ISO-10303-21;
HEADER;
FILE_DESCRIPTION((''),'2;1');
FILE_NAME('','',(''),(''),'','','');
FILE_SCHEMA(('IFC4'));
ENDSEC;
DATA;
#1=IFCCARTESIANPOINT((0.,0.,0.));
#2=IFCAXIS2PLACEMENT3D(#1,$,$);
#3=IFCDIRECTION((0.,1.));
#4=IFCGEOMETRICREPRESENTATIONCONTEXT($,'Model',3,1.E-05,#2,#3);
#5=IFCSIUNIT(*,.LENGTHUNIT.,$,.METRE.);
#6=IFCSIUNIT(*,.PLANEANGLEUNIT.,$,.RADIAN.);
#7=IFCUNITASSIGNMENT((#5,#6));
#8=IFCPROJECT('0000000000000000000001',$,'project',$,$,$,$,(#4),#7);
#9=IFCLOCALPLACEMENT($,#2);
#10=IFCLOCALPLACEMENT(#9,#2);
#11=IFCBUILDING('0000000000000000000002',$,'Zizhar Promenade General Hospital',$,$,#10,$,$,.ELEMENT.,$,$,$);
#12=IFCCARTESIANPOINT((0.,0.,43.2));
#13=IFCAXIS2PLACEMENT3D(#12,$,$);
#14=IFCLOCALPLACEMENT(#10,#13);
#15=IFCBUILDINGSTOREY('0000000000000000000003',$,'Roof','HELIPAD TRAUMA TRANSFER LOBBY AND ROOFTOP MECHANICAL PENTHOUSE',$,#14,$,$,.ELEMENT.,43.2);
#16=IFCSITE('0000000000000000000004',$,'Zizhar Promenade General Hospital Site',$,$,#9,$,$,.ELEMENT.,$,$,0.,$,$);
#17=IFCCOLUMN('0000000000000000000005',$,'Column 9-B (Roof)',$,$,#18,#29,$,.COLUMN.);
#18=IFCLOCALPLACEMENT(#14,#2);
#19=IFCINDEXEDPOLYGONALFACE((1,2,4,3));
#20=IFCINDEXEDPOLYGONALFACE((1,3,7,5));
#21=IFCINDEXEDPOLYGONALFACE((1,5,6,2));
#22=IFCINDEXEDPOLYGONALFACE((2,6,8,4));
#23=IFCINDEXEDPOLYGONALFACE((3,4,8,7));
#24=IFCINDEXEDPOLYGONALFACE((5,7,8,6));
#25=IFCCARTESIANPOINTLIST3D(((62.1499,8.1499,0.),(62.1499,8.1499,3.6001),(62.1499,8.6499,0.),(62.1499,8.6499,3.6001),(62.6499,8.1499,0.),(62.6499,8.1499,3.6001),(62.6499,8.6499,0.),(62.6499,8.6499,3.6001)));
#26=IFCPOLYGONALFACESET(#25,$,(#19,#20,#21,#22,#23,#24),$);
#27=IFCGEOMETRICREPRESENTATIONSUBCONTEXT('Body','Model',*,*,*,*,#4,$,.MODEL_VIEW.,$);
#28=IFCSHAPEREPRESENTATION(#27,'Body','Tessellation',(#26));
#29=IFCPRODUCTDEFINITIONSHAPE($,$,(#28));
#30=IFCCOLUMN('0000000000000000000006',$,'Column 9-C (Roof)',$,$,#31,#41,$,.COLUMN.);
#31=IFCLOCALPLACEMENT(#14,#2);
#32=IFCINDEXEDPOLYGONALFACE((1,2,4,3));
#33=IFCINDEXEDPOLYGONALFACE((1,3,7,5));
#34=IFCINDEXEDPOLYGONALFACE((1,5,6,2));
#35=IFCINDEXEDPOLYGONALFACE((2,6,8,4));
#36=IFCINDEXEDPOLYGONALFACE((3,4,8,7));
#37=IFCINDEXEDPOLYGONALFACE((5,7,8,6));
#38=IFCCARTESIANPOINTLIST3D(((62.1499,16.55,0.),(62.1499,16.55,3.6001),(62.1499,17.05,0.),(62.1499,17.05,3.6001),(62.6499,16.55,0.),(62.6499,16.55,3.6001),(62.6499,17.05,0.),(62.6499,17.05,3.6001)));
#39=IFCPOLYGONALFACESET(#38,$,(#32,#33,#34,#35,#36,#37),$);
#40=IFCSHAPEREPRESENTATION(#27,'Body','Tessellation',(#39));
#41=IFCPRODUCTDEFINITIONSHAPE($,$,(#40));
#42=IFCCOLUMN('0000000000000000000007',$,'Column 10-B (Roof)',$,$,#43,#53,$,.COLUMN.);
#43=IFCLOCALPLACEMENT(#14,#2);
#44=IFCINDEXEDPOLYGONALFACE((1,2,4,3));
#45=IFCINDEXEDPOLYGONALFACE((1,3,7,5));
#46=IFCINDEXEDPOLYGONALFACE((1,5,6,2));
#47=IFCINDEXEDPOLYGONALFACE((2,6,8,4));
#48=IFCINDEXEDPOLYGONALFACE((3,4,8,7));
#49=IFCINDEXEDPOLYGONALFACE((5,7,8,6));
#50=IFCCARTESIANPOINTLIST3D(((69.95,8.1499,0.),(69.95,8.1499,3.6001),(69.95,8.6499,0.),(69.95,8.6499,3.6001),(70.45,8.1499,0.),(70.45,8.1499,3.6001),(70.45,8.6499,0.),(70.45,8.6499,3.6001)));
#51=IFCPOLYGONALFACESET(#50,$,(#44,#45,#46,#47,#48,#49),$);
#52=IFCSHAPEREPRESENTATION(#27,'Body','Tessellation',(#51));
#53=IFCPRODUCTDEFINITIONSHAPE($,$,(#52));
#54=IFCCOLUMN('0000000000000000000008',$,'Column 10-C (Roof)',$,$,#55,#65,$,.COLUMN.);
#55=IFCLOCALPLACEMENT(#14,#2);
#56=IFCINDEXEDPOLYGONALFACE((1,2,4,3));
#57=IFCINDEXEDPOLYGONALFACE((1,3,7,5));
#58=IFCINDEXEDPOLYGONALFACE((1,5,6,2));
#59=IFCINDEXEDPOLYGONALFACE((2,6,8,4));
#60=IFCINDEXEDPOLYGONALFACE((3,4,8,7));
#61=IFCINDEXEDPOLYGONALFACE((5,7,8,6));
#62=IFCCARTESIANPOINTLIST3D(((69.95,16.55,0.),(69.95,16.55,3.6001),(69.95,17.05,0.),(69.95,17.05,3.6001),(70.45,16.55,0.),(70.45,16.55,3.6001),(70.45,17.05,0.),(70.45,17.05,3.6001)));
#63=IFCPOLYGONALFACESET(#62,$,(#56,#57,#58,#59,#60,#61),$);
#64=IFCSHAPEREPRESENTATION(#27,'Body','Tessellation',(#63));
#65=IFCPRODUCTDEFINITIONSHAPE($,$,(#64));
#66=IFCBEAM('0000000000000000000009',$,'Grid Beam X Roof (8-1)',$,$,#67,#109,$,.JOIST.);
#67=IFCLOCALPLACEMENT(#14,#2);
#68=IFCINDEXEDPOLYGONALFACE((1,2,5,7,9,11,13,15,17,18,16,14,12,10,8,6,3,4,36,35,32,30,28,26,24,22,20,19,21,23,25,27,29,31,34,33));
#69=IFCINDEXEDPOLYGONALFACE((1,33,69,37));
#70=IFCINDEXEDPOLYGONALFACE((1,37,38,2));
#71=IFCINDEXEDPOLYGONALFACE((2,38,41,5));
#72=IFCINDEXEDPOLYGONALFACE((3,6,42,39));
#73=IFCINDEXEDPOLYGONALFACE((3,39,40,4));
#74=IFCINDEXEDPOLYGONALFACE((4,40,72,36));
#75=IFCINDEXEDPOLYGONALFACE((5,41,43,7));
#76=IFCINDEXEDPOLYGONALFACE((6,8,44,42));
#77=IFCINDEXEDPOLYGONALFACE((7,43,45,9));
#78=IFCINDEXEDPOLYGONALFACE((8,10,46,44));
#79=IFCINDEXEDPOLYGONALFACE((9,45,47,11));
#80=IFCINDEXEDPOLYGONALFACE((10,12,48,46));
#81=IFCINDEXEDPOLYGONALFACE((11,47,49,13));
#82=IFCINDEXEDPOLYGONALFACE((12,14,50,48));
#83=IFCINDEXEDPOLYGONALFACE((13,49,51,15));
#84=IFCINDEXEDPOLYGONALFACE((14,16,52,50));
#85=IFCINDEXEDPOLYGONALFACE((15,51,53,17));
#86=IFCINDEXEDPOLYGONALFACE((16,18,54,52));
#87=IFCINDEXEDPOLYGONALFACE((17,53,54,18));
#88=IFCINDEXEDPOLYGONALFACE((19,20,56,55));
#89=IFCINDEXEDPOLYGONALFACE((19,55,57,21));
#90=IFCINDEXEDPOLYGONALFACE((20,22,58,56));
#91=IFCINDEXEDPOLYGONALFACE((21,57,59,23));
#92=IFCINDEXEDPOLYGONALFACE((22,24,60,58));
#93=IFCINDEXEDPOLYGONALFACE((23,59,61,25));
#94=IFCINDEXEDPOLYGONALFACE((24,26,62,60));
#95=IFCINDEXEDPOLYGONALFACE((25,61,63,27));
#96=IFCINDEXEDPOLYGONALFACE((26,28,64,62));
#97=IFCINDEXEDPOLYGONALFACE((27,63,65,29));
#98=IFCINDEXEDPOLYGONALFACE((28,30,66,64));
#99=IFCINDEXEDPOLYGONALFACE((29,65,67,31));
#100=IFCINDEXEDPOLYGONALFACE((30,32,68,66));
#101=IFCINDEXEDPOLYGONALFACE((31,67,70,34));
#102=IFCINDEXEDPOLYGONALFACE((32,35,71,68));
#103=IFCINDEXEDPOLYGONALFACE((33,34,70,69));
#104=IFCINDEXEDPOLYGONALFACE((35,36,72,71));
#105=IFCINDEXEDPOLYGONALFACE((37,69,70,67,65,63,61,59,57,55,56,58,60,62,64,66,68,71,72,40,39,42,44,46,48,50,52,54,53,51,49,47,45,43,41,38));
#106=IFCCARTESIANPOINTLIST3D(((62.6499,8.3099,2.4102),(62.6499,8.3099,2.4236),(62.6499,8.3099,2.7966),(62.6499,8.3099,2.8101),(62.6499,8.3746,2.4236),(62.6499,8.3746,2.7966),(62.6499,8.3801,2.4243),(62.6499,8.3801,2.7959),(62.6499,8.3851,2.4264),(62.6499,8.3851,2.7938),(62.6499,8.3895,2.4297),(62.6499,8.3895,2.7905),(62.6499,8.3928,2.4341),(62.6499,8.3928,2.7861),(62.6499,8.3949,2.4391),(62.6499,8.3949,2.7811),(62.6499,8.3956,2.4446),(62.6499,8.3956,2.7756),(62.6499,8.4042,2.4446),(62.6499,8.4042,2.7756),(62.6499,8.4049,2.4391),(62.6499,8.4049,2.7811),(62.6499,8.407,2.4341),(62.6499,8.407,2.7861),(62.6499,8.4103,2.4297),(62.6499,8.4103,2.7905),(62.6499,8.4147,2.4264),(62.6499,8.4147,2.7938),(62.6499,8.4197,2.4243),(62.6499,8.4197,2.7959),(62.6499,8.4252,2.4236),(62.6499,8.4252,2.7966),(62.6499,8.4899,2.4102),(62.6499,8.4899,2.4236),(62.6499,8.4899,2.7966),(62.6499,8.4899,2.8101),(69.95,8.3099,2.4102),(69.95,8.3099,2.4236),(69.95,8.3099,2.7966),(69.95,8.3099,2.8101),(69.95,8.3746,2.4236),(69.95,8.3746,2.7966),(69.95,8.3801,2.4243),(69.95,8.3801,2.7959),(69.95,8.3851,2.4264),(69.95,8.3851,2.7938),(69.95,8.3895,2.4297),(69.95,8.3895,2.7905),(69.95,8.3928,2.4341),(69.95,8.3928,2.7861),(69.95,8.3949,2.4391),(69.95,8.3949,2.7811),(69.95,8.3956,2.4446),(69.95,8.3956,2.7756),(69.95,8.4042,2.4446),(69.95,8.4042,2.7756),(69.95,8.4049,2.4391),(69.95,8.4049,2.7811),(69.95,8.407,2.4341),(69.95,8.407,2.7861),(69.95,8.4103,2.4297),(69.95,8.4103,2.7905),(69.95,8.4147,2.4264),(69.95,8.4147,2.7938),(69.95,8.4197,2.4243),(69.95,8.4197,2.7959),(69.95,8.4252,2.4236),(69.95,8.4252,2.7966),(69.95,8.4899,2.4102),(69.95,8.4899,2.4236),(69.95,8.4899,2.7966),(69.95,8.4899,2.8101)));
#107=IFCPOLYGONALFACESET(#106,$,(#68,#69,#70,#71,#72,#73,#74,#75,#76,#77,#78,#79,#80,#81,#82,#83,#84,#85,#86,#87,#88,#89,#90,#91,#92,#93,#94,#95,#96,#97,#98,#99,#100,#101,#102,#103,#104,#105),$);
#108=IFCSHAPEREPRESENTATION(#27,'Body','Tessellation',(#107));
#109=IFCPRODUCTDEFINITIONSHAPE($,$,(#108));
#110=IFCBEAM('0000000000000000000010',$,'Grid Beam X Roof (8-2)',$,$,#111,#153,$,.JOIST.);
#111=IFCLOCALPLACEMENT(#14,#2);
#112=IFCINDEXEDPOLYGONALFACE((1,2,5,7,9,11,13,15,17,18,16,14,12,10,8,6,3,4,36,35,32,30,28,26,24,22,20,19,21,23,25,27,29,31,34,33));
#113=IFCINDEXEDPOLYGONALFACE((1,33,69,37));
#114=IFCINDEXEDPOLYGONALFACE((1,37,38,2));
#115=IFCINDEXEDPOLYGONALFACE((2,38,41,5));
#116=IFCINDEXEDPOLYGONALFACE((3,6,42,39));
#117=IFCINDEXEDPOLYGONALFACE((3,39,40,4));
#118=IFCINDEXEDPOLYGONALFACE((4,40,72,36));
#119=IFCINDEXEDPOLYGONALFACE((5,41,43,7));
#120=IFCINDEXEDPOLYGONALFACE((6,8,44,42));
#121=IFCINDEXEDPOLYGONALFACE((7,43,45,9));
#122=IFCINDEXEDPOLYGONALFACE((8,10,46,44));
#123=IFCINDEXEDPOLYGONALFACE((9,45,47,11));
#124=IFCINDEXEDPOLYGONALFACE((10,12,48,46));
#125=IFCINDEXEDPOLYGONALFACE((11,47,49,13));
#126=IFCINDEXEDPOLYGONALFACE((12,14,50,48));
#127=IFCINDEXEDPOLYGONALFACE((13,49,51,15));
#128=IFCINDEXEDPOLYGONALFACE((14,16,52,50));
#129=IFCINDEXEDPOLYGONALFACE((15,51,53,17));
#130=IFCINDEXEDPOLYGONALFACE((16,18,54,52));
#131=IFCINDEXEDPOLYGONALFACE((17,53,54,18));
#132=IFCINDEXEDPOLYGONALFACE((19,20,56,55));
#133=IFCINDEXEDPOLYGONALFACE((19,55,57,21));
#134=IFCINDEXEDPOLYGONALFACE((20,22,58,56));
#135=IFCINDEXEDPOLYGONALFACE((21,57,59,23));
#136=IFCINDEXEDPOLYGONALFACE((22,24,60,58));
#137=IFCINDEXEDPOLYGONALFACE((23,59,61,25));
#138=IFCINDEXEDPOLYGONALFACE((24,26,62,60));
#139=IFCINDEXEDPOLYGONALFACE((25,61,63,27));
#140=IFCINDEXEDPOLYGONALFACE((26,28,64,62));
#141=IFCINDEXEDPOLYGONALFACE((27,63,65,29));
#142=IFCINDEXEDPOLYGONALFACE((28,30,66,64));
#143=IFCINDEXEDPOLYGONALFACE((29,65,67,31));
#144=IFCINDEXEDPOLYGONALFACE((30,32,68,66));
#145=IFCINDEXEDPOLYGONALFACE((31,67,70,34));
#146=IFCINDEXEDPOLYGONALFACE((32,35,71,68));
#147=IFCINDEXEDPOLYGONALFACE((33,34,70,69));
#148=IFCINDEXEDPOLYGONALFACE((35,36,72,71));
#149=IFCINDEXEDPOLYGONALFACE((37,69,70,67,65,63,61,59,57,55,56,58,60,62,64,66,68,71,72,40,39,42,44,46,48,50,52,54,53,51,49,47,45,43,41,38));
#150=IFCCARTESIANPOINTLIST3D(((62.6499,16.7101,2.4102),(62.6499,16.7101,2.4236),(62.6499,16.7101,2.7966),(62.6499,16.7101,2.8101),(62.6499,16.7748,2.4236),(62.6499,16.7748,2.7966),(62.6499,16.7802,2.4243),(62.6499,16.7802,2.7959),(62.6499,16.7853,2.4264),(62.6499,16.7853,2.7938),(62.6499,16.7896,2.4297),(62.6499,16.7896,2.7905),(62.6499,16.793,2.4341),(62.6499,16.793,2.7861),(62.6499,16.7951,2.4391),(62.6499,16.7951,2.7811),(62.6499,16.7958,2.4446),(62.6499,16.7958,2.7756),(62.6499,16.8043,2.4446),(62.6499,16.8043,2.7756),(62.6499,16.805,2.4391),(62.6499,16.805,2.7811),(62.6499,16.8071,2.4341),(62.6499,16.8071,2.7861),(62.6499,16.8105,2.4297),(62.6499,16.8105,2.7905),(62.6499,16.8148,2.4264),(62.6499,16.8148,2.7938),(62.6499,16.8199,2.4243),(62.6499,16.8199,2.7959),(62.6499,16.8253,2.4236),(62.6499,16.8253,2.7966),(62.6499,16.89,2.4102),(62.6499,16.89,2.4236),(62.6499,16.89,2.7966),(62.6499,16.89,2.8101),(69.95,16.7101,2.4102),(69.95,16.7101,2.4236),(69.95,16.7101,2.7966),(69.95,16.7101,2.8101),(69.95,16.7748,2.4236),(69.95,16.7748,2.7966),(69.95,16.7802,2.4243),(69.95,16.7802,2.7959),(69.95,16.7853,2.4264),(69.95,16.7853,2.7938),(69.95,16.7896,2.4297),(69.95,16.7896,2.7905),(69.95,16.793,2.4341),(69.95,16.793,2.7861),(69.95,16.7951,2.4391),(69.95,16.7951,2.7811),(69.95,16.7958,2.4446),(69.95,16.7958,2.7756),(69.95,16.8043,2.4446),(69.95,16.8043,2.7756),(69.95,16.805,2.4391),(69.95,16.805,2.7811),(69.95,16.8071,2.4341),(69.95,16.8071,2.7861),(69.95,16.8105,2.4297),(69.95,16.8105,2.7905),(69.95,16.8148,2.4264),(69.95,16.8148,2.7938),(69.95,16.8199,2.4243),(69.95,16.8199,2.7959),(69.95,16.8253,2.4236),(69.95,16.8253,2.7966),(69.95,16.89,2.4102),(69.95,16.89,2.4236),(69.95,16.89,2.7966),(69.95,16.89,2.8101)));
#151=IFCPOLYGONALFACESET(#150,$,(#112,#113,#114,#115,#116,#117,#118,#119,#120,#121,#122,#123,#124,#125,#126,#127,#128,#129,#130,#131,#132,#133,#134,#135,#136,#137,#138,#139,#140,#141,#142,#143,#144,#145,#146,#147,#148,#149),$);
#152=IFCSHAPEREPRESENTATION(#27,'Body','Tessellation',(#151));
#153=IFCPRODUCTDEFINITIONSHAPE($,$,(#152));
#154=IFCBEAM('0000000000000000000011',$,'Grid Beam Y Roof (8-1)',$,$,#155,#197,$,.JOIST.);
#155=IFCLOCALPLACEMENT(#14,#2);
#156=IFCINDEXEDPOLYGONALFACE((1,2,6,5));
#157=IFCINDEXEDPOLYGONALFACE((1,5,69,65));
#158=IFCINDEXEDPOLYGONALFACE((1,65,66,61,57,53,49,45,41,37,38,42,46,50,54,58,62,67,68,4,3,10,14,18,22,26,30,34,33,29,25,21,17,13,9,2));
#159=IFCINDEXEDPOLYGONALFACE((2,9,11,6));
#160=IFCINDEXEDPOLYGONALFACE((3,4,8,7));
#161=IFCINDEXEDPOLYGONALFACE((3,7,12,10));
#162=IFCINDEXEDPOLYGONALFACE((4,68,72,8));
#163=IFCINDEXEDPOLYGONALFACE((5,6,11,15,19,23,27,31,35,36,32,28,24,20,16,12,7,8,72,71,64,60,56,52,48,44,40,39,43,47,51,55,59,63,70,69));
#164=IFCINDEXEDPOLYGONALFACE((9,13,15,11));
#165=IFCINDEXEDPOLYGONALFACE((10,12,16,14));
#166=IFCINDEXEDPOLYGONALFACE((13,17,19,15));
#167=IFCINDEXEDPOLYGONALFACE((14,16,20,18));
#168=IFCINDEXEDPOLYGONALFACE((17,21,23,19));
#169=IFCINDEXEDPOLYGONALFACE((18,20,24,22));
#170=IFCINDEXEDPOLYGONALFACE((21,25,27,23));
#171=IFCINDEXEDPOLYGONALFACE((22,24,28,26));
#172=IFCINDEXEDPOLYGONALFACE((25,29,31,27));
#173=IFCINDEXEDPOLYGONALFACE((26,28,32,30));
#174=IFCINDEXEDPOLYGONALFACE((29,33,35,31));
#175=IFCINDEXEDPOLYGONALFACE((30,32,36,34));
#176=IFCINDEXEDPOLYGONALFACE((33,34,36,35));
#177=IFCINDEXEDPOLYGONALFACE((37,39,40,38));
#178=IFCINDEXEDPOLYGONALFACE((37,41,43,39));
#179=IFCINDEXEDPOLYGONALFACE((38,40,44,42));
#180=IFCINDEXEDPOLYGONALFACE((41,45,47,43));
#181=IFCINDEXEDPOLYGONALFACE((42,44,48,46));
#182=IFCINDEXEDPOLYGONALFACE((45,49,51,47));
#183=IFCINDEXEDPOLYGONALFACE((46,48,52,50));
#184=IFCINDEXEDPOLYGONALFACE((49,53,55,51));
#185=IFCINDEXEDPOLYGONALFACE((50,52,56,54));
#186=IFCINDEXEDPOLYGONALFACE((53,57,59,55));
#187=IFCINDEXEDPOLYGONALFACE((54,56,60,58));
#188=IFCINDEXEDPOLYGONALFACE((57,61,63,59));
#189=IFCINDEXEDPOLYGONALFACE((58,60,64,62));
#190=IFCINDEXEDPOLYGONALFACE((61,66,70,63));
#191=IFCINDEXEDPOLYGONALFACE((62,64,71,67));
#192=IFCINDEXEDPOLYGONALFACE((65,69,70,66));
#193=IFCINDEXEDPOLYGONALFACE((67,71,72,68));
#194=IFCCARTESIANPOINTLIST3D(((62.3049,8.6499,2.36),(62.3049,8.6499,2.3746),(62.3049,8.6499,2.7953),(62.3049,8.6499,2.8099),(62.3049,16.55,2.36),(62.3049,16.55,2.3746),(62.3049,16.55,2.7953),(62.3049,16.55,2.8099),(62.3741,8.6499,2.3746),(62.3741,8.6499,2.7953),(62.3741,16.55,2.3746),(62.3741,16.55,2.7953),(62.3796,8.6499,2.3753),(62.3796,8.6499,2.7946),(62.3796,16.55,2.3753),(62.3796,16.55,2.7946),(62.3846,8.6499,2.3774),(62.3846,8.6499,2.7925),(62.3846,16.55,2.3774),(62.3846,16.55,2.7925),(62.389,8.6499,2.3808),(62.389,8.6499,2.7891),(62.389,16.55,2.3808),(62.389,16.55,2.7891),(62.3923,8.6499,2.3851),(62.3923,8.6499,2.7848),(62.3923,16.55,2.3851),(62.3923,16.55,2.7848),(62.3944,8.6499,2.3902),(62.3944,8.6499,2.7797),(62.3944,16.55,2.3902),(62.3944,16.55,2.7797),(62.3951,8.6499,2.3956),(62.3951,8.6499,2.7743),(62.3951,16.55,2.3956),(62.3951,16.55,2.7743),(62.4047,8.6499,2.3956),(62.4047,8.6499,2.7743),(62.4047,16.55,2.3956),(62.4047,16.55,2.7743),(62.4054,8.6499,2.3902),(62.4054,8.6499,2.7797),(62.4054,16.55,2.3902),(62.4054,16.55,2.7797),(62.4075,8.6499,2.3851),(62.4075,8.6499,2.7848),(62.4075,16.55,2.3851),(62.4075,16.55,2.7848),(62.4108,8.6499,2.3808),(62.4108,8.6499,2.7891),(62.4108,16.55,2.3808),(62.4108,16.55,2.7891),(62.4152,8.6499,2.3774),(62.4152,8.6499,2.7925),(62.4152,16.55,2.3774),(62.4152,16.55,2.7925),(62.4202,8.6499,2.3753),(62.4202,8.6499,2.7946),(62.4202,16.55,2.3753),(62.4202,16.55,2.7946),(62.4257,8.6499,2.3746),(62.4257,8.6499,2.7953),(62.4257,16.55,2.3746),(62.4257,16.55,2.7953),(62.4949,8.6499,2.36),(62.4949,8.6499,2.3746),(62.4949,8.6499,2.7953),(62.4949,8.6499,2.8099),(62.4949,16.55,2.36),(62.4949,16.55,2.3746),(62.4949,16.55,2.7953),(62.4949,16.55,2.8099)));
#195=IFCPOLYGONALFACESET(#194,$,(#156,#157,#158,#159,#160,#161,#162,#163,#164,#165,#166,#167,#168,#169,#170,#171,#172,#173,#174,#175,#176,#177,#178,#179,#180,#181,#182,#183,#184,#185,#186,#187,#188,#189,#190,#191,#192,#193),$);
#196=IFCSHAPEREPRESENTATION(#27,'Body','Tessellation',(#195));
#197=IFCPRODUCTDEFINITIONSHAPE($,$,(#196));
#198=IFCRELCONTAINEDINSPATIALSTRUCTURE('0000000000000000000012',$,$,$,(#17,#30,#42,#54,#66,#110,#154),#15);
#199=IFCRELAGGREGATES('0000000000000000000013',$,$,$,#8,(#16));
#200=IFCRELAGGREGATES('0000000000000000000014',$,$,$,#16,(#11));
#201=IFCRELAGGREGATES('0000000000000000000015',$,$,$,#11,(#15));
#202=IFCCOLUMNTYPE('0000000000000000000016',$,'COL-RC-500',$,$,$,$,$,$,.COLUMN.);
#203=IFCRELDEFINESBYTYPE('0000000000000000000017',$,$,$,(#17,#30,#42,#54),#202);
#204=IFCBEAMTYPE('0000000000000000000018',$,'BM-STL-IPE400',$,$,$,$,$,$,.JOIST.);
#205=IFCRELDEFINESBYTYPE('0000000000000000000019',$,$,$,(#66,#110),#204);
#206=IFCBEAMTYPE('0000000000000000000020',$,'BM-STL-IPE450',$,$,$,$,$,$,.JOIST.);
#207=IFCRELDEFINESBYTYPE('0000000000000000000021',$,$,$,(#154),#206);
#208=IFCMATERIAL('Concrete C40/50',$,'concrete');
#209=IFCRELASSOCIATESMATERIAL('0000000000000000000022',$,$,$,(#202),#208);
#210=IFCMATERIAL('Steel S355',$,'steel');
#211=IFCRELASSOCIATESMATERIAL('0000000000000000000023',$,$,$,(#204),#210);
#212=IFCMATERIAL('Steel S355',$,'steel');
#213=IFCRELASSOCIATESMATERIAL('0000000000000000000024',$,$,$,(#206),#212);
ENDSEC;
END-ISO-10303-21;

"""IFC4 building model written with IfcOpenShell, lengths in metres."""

from ifc_helpers import new_model, si_unit, direction, frame, origin, origin_2d, place, context, subcontext, project, spatial, rectangle, i_section, extrude, material, material_profile, profile_set, type_object, element, save


model = new_model("IFC4")

# Units and contexts
model_context = context("Model", 3, precision=1e-05, world=origin(), true_north=direction((0.0, 1.0)))
body_context = subcontext(model_context, "Body", "Model", "MODEL_VIEW")
ifc_project = project(units=[si_unit("LENGTHUNIT", "METRE"), si_unit("PLANEANGLEUNIT", "RADIAN")], contexts=[model_context])

# Site, building, storey
site_placement = place(None, origin())
site = spatial("IfcSite", under=ifc_project, at=site_placement, Name="Zizhar Promenade General Hospital Site", CompositionType="ELEMENT", RefElevation=0.0)
building_placement = place(site_placement, origin())
building = spatial("IfcBuilding", under=site, at=building_placement, Name="Zizhar Promenade General Hospital", CompositionType="ELEMENT")
storey_placement = place(building_placement, frame((0.0, 0.0, 43.2)))
storey = spatial("IfcBuildingStorey", under=building, at=storey_placement, Name="Roof", Description="HELIPAD TRAUMA TRANSFER LOBBY AND ROOFTOP MECHANICAL PENTHOUSE", CompositionType="ELEMENT", Elevation=43.2)

# Columns
ifc_material_1 = material(Name="Concrete C40/50", Category="concrete")
ifc_material_profile_1 = material_profile(ifc_material_1, rectangle(XDim=0.5, YDim=0.5, at=origin_2d()))
ifc_profile_set_1 = profile_set([ifc_material_profile_1], Name="Concrete C40/50")
column_type = type_object("IfcColumnType", Name="COL-RC-500", PredefinedType="COLUMN", material=ifc_profile_set_1)
for number, where, z_axis, x_axis, name in (
    (1, (62.3999, 8.3999, 0.0), (0.0, 0.0, 1.0), (1.0, 0.0, 0.0), "Column 9-B (Roof)"),
    (2, (62.3999, 16.8, 0.0), (0.0, 0.0, 1.0), (1.0, 0.0, 0.0), "Column 9-C (Roof)"),
    (3, (70.2, 8.3999, 0.0), (0.0, 0.0, 1.0), (1.0, 0.0, 0.0), "Column 10-B (Roof)"),
    (4, (70.2, 16.8, 0.0), (0.0, 0.0, 1.0), (1.0, 0.0, 0.0), "Column 10-C (Roof)"),
):
    element("IfcColumn", number, at=place(storey_placement, frame(where, z_axis=z_axis, x_axis=x_axis)), inside=storey, type_object=column_type, Name=name, PredefinedType="COLUMN", context=body_context, shape_type="SweptSolid", body=[
        extrude(rectangle(XDim=0.5, YDim=0.5, at=origin_2d()), origin(), (0.0, 0.0, 1.0), 3.6001),
    ])

# Beams
ifc_material_2 = material(Name="Steel S355", Category="steel")
ifc_material_profile_2 = material_profile(ifc_material_2, i_section(OverallWidth=0.1799, OverallDepth=0.3999, WebThickness=0.0085, FlangeThickness=0.0134, FilletRadius=0.021, at=origin_2d()))
ifc_profile_set_2 = profile_set([ifc_material_profile_2], Name="Steel S355")
beam_type_1 = type_object("IfcBeamType", Name="BM-STL-IPE400", PredefinedType="JOIST", material=ifc_profile_set_2)
for number, where, z_axis, x_axis, name in (
    (5, (62.6499, 8.3999, 2.6101), (1.0, 0.0, 0.0), (0.0, 1.0, 0.0), "Grid Beam X Roof (8-1)"),
    (6, (62.6499, 16.8, 2.6101), (1.0, 0.0, 0.0), (0.0, 1.0, 0.0), "Grid Beam X Roof (8-2)"),
):
    element("IfcBeam", number, at=place(storey_placement, frame(where, z_axis=z_axis, x_axis=x_axis)), inside=storey, type_object=beam_type_1, Name=name, PredefinedType="JOIST", context=body_context, shape_type="SweptSolid", body=[
        extrude(i_section(OverallWidth=0.1799, OverallDepth=0.3999, WebThickness=0.0085, FlangeThickness=0.0134, FilletRadius=0.021, at=origin_2d()), origin(), (0.0, 0.0, 1.0), 7.3),
    ])
ifc_material_3 = material(Name="Steel S355", Category="steel")
ifc_material_profile_3 = material_profile(ifc_material_3, i_section(OverallWidth=0.1899, OverallDepth=0.45, WebThickness=0.0095, FlangeThickness=0.0146, FilletRadius=0.021, at=origin_2d()))
ifc_profile_set_3 = profile_set([ifc_material_profile_3], Name="Steel S355")
beam_type_2 = type_object("IfcBeamType", Name="BM-STL-IPE450", PredefinedType="JOIST", material=ifc_profile_set_3)
for number, where, z_axis, x_axis, name in (
    (7, (62.3999, 8.6499, 2.585), (0.0, 1.0, 0.0), (-1.0, 0.0, 0.0), "Grid Beam Y Roof (8-1)"),
):
    element("IfcBeam", number, at=place(storey_placement, frame(where, z_axis=z_axis, x_axis=x_axis)), inside=storey, type_object=beam_type_2, Name=name, PredefinedType="JOIST", context=body_context, shape_type="SweptSolid", body=[
        extrude(i_section(OverallWidth=0.1899, OverallDepth=0.45, WebThickness=0.0095, FlangeThickness=0.0146, FilletRadius=0.021, at=origin_2d()), origin(), (0.0, 0.0, 1.0), 7.9001),
    ])

save(model, "model.ifc")
